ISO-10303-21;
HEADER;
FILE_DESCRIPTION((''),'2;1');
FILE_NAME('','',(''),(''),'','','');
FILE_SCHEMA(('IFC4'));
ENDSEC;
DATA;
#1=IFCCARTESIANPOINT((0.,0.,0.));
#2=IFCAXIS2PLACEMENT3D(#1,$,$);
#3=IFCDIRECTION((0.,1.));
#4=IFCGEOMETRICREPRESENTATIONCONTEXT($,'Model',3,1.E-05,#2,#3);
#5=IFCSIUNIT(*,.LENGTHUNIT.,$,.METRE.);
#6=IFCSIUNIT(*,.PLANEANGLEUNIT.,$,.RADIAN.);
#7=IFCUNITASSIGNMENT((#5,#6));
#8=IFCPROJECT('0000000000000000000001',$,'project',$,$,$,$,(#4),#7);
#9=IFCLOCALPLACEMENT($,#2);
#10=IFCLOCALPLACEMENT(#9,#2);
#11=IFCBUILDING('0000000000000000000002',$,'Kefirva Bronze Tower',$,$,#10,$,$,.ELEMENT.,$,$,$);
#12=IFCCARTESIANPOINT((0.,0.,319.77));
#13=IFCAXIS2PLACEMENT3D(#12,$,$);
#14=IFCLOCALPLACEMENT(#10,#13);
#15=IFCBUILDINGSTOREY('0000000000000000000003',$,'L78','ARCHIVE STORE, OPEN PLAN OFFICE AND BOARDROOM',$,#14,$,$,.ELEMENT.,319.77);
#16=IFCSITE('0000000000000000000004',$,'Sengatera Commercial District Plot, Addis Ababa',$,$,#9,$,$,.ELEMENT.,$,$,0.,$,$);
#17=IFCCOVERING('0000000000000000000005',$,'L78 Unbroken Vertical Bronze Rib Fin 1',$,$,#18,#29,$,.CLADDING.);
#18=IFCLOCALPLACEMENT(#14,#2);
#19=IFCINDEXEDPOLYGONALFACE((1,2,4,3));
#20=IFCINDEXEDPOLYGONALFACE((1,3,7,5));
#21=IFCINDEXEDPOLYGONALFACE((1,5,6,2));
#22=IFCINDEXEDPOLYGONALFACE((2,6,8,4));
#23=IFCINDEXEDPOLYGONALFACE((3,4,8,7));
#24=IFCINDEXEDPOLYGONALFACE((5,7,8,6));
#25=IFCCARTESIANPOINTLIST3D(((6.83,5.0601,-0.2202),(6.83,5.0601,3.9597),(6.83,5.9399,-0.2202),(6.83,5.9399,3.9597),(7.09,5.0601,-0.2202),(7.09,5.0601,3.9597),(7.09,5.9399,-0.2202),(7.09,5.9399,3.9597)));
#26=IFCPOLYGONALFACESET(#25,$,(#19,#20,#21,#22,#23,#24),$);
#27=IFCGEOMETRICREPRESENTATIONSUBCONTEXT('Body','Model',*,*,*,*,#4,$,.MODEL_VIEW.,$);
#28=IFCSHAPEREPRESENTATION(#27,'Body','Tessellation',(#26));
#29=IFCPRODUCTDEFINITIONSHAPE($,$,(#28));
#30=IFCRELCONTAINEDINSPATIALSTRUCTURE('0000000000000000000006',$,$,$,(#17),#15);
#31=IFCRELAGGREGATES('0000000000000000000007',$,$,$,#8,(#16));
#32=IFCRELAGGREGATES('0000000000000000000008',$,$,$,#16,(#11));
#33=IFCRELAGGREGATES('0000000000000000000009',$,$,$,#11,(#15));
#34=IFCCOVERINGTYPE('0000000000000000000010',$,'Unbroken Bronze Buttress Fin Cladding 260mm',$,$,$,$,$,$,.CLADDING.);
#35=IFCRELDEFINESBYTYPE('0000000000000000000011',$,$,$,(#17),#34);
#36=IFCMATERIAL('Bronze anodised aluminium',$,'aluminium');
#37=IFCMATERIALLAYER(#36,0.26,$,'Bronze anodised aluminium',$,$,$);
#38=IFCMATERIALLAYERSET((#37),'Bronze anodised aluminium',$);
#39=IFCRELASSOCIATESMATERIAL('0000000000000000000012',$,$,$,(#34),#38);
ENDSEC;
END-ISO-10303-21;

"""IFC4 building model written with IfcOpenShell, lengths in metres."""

from ifc_helpers import new_model, si_unit, direction, frame, origin, origin_2d, place, context, subcontext, project, spatial, rectangle, extrude, material, layer, layer_set, type_object, element, save


model = new_model("IFC4")

# Units and contexts
model_context = context("Model", 3, precision=1e-05, world=origin(), true_north=direction((0.0, 1.0)))
body_context = subcontext(model_context, "Body", "Model", "MODEL_VIEW")
ifc_project = project(units=[si_unit("LENGTHUNIT", "METRE"), si_unit("PLANEANGLEUNIT", "RADIAN")], contexts=[model_context])

# Site, building, storey
site_placement = place(None, origin())
site = spatial("IfcSite", under=ifc_project, at=site_placement, Name="Sengatera Commercial District Plot, Addis Ababa", CompositionType="ELEMENT", RefElevation=0.0)
building_placement = place(site_placement, origin())
building = spatial("IfcBuilding", under=site, at=building_placement, Name="Kefirva Bronze Tower", CompositionType="ELEMENT")
storey_placement = place(building_placement, frame((0.0, 0.0, 319.77)))
storey = spatial("IfcBuildingStorey", under=building, at=storey_placement, Name="L78", Description="ARCHIVE STORE, OPEN PLAN OFFICE AND BOARDROOM", CompositionType="ELEMENT", Elevation=319.77)

# Shared definitions
ifc_material_1 = material(Name="Bronze anodised aluminium", Category="aluminium")

# Covering
ifc_layer_1 = layer(ifc_material_1, 0.26, Name="Bronze anodised aluminium")
ifc_layer_set_1 = layer_set([ifc_layer_1], Name="Bronze anodised aluminium")
covering_type_1 = type_object("IfcCoveringType", Name="Unbroken Bronze Buttress Fin Cladding 260mm", PredefinedType="CLADDING", material=ifc_layer_set_1)
covering_1_placement = place(storey_placement, frame((6.96, 5.5, -0.2202), z_axis=(0.0, 0.0, 1.0), x_axis=(1.0, 0.0, 0.0)))
element("IfcCovering", 1, at=covering_1_placement, inside=storey, type_object=covering_type_1, Name="L78 Unbroken Vertical Bronze Rib Fin 1", PredefinedType="CLADDING", context=body_context, shape_type="SweptSolid", body=[
    extrude(rectangle(XDim=0.26, YDim=0.8799, at=origin_2d()), origin(), (0.0, 0.0, 1.0), 4.1799),
])

save(model, "model.ifc")
